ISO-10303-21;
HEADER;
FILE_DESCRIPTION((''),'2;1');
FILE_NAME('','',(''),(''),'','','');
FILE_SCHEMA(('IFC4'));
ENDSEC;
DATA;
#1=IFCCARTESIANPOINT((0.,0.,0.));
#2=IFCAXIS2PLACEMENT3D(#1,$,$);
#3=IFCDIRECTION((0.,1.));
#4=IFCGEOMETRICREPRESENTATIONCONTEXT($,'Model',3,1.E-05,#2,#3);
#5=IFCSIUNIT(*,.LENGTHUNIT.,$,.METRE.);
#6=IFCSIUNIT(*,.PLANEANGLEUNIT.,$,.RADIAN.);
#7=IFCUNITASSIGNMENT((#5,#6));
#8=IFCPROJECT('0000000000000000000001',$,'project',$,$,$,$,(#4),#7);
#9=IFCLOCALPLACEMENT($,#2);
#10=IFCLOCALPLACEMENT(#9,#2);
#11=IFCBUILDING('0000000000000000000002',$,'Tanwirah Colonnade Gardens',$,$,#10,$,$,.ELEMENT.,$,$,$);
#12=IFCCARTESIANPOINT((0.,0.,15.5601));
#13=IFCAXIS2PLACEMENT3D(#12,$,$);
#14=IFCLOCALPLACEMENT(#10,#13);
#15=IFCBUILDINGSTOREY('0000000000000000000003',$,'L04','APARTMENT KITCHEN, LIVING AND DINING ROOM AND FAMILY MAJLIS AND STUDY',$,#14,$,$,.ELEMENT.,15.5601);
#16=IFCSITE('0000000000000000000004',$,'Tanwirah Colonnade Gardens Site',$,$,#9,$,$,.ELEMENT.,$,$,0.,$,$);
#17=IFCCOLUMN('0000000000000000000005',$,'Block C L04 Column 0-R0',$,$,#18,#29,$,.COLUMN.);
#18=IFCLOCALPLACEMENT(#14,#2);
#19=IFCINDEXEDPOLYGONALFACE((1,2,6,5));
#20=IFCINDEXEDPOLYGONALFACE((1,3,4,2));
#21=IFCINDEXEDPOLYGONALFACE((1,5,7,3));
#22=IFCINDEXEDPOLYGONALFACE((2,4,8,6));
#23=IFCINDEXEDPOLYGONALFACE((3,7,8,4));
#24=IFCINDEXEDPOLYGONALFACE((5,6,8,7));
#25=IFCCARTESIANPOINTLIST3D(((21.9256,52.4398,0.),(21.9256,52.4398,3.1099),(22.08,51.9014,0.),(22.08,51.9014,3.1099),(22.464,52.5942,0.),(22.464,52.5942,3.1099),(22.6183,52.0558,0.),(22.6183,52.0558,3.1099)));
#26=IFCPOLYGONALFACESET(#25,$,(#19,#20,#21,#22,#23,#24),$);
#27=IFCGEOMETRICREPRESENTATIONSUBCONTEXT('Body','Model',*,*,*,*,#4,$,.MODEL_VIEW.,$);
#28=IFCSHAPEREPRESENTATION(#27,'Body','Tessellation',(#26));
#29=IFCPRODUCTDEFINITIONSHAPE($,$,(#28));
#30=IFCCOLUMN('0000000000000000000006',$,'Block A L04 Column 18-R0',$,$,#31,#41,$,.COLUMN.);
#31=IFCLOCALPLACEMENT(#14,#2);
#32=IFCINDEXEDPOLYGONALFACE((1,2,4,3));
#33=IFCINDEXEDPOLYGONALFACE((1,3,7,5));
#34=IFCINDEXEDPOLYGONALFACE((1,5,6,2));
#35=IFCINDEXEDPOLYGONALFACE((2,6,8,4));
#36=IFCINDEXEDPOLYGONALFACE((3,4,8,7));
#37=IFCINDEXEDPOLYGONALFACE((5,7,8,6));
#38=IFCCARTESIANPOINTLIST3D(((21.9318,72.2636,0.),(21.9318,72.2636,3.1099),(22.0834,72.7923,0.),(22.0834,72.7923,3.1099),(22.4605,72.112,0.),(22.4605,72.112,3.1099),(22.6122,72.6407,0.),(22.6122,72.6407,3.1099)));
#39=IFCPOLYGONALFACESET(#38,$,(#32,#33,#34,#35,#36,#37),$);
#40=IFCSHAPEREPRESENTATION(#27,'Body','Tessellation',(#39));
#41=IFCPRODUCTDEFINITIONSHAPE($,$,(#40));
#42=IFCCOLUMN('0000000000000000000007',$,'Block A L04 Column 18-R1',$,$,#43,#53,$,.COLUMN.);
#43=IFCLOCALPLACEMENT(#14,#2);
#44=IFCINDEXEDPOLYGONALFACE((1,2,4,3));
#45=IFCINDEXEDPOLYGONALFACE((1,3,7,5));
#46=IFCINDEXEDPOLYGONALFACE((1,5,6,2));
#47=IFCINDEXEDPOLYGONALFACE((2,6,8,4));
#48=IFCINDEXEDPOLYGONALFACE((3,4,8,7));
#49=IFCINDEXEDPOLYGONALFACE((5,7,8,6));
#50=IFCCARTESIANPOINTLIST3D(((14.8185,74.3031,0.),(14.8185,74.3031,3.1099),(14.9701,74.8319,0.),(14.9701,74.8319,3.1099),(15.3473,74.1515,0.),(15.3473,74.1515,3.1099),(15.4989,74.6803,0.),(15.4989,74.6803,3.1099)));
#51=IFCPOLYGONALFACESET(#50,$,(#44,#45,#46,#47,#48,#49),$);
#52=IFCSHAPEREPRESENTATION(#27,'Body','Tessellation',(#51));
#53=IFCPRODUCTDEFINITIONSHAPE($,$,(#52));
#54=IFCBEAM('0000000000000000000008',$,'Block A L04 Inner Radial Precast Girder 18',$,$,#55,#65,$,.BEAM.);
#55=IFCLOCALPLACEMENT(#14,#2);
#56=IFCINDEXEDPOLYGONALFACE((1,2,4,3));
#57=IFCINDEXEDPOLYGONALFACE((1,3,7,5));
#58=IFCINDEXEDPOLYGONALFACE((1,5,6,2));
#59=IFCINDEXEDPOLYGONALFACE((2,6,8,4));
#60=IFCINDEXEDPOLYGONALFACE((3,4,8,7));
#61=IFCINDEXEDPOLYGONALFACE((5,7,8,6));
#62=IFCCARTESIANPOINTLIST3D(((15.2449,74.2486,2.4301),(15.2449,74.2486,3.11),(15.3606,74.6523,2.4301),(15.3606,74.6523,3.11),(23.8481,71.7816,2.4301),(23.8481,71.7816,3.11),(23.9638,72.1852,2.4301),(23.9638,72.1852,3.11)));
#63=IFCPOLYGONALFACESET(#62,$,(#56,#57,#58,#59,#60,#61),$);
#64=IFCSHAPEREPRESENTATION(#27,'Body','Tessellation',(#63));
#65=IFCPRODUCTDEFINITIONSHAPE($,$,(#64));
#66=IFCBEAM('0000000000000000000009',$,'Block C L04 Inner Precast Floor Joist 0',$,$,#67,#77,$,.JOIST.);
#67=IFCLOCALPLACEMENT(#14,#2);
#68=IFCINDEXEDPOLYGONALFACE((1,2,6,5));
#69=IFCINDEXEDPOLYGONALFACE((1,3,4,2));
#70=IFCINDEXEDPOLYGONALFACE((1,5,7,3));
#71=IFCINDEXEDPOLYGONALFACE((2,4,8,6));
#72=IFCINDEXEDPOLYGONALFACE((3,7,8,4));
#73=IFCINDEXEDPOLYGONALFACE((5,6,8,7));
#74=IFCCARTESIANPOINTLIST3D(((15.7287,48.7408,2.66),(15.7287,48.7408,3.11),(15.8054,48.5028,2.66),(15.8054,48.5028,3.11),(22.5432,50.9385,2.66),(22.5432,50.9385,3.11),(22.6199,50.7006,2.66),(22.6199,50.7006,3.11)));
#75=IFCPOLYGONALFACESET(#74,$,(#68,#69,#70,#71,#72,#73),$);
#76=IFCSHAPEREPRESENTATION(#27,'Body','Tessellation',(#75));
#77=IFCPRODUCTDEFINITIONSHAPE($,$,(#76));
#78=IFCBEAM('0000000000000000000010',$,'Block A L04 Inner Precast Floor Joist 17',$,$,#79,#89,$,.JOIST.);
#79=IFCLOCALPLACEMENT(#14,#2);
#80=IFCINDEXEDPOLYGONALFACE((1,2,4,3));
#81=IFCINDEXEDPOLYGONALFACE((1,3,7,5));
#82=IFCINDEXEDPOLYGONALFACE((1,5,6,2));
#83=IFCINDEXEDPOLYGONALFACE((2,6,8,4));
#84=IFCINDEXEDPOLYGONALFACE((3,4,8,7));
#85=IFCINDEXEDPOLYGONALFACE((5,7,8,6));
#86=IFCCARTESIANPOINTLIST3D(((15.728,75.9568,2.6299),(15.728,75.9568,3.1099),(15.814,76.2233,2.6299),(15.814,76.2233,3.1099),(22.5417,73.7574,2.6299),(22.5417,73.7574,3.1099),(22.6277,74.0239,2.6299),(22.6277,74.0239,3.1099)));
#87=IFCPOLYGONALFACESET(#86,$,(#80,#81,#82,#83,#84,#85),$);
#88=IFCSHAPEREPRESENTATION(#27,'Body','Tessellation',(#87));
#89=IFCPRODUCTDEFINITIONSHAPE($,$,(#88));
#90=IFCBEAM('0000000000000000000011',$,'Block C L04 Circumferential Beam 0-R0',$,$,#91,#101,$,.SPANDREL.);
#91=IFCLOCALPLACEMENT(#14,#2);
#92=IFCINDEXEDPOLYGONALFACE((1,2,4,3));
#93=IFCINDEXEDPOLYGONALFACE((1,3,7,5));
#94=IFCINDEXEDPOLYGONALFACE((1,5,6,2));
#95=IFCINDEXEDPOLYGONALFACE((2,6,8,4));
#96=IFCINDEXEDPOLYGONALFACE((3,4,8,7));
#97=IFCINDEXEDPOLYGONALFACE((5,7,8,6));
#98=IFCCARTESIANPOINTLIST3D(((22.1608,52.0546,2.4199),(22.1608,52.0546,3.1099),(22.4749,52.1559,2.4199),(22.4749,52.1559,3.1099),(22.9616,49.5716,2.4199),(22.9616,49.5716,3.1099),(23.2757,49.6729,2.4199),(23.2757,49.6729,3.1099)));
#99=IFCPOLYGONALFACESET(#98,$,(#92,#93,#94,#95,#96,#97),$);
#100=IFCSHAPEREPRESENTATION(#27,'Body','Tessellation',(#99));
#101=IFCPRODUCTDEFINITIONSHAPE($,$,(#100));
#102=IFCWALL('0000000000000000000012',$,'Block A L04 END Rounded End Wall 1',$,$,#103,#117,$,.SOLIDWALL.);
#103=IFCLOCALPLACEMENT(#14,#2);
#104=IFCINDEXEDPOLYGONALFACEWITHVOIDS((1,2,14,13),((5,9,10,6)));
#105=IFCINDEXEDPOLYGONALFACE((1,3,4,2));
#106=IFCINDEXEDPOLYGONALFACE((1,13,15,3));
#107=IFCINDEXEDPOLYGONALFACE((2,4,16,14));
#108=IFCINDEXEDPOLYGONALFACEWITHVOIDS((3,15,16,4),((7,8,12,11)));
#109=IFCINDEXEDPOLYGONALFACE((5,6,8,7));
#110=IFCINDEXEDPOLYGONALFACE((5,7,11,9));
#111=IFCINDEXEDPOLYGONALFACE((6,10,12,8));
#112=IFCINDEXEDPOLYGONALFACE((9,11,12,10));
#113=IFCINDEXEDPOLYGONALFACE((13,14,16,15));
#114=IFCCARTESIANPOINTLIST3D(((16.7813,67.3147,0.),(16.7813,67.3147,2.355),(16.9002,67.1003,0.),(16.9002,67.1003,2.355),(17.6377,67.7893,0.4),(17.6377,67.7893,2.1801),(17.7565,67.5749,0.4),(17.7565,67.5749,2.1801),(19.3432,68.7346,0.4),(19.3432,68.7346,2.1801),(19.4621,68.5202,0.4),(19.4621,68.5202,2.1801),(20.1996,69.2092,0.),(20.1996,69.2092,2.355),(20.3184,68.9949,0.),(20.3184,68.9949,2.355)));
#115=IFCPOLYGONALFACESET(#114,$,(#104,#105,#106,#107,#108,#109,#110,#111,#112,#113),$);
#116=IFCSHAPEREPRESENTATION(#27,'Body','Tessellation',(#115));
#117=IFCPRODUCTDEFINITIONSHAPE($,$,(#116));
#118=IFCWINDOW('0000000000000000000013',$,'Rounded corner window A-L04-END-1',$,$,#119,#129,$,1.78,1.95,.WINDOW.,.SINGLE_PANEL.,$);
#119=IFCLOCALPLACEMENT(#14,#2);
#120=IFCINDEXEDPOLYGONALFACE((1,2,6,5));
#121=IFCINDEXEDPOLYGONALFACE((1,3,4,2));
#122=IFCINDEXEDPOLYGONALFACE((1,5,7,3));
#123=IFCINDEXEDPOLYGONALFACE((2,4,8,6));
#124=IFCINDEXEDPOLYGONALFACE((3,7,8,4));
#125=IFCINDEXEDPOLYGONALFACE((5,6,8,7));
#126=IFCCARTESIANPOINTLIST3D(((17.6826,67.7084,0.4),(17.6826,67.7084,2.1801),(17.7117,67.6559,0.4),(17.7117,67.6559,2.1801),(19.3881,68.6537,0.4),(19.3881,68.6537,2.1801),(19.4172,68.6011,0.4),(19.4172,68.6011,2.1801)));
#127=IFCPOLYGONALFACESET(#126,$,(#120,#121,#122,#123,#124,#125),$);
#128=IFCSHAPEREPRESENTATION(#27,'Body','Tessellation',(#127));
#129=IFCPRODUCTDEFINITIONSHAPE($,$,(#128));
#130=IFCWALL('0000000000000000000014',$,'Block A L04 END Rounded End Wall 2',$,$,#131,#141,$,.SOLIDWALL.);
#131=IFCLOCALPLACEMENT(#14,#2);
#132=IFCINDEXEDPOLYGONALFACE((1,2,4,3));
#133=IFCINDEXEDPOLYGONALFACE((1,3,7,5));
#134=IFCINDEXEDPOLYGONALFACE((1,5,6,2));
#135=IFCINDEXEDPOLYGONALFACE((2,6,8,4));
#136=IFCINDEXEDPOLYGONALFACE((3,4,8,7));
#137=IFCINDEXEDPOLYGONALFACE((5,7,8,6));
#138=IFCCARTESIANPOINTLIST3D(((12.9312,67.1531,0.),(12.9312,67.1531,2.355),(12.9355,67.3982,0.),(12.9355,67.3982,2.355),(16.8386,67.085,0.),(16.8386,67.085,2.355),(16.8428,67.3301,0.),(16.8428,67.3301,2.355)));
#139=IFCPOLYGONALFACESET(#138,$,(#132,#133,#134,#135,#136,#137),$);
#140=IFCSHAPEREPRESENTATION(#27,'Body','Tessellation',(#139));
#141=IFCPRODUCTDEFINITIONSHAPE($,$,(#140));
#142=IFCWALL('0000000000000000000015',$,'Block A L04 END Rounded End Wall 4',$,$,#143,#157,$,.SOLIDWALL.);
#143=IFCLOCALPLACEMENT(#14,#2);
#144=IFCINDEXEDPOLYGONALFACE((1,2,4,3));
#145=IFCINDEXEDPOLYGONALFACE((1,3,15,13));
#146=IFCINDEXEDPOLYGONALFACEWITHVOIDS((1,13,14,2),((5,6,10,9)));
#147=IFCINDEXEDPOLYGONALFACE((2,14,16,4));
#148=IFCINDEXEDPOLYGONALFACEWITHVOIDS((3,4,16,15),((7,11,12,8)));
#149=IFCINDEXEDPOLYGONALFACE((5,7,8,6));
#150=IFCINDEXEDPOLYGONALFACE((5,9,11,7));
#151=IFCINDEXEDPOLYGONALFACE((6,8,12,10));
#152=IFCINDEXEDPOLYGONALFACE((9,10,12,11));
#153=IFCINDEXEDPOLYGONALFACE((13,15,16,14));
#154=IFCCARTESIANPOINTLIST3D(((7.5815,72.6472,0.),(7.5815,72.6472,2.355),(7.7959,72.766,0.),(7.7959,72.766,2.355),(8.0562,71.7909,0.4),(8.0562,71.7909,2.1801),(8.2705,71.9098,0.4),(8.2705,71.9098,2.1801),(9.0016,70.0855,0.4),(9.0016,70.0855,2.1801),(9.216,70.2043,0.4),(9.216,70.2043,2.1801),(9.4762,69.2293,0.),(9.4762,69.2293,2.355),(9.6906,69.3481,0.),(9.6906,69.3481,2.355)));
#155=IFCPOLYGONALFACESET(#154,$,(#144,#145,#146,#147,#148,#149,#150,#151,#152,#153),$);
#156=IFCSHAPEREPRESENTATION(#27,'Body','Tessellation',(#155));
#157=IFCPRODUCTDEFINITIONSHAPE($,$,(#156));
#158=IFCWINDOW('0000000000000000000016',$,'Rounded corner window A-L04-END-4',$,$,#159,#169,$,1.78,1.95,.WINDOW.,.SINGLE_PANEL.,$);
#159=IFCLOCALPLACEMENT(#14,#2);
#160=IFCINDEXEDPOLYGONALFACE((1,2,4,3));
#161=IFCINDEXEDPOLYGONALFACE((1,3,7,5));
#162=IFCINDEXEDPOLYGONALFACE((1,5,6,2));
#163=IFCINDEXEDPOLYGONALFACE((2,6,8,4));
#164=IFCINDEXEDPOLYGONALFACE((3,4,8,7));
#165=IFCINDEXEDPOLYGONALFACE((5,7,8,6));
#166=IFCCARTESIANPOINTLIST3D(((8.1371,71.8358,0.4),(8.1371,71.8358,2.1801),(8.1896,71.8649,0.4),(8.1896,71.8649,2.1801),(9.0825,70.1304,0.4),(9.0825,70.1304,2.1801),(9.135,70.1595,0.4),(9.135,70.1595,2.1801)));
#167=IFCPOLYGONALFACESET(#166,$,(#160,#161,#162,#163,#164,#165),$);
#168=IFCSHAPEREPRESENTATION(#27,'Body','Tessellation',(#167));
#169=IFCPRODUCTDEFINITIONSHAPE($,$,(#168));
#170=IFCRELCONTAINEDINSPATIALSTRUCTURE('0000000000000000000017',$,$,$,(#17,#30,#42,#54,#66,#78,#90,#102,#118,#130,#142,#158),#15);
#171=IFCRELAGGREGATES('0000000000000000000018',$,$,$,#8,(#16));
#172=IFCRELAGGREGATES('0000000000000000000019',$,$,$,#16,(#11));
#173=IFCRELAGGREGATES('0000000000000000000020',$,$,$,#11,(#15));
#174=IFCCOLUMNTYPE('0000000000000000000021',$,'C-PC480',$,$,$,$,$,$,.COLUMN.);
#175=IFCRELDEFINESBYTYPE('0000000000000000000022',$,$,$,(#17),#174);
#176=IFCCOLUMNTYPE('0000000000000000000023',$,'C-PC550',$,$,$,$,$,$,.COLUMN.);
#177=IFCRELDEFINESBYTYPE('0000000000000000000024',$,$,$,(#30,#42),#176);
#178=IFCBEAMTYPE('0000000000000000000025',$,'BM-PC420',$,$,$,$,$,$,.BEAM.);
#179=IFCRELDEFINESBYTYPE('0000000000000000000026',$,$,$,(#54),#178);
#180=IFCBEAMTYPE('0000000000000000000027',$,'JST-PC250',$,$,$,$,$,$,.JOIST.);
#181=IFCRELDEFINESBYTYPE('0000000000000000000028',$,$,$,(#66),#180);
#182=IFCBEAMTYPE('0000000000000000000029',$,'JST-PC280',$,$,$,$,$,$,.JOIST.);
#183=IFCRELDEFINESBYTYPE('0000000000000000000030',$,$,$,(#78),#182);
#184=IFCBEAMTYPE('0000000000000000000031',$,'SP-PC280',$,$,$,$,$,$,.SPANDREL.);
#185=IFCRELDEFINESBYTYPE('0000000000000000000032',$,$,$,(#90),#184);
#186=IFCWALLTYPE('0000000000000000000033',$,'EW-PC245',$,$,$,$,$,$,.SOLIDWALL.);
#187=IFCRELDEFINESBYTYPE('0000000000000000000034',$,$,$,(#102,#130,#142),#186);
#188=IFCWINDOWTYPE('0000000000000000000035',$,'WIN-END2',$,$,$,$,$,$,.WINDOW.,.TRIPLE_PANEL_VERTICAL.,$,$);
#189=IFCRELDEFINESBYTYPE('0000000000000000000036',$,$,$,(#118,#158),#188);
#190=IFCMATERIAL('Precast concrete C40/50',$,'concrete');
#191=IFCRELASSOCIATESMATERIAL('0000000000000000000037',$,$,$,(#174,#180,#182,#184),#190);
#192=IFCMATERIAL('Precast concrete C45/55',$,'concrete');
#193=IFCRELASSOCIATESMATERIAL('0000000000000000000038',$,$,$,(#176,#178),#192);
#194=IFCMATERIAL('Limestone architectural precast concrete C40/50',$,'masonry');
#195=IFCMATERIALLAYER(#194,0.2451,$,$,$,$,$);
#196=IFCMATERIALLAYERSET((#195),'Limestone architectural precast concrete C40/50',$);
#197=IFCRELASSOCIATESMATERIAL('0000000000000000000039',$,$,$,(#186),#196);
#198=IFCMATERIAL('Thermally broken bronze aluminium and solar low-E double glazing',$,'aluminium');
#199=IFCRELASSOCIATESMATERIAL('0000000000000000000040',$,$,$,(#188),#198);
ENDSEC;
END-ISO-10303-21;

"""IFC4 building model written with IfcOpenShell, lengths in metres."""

from ifc_helpers import new_model, si_unit, direction, frame, frame_2d, origin, origin_2d, place, context, subcontext, project, spatial, rectangle, extrude, material, layer, layer_set, material_profile, profile_set, type_object, element, fill, save


model = new_model("IFC4")

# Units and contexts
model_context = context("Model", 3, precision=1e-05, world=origin(), true_north=direction((0.0, 1.0)))
body_context = subcontext(model_context, "Body", "Model", "MODEL_VIEW")
ifc_project = project(units=[si_unit("LENGTHUNIT", "METRE"), si_unit("PLANEANGLEUNIT", "RADIAN")], contexts=[model_context])

# Site, building, storey
site_placement = place(None, origin())
site = spatial("IfcSite", under=ifc_project, at=site_placement, Name="Tanwirah Colonnade Gardens Site", CompositionType="ELEMENT", RefElevation=0.0)
building_placement = place(site_placement, origin())
building = spatial("IfcBuilding", under=site, at=building_placement, Name="Tanwirah Colonnade Gardens", CompositionType="ELEMENT")
storey_placement = place(building_placement, frame((0.0, 0.0, 15.5601)))
storey = spatial("IfcBuildingStorey", under=building, at=storey_placement, Name="L04", Description="APARTMENT KITCHEN, LIVING AND DINING ROOM AND FAMILY MAJLIS AND STUDY", CompositionType="ELEMENT", Elevation=15.5601)

# Columns
ifc_material_1 = material(Name="Precast concrete C40/50", Category="concrete")
ifc_material_profile_1 = material_profile(ifc_material_1, rectangle(XDim=0.5601, YDim=0.5601, at=origin_2d()), Name="PC-COL 560x560")
ifc_profile_set_1 = profile_set([ifc_material_profile_1], Name="Precast concrete C40/50")
column_type_1 = type_object("IfcColumnType", Name="C-PC480", PredefinedType="COLUMN", material=ifc_profile_set_1)
column_placement = place(storey_placement, frame((22.272, 52.2478, 0.0), z_axis=(0.0, 0.0, 1.0), x_axis=(-0.961262, -0.275637, 0.0)))
element("IfcColumn", 1, at=column_placement, inside=storey, type_object=column_type_1, Name="Block C L04 Column 0-R0", PredefinedType="COLUMN", context=body_context, shape_type="SweptSolid", body=[
    extrude(rectangle(XDim=0.5601, YDim=0.5601, at=origin_2d()), origin(), (0.0, 0.0, 1.0), 3.1099),
])
ifc_material_2 = material(Name="Precast concrete C45/55", Category="concrete")
ifc_material_profile_2 = material_profile(ifc_material_2, rectangle(XDim=0.55, YDim=0.55, at=origin_2d()), Name="PC-COL 550x550")
ifc_profile_set_2 = profile_set([ifc_material_profile_2], Name="Precast concrete C45/55")
column_type_2 = type_object("IfcColumnType", Name="C-PC550", PredefinedType="COLUMN", material=ifc_profile_set_2)
for number, where, z_axis, x_axis, name in (
    (2, (22.272, 72.4521, 0.0), (0.0, 0.0, 1.0), (-0.961262, 0.275637, 0.0), "Block A L04 Column 18-R0"),
    (3, (15.1587, 74.4917, 0.0), (0.0, 0.0, 1.0), (-0.961262, 0.275637, 0.0), "Block A L04 Column 18-R1"),
):
    element("IfcColumn", number, at=place(storey_placement, frame(where, z_axis=z_axis, x_axis=x_axis)), inside=storey, type_object=column_type_2, Name=name, PredefinedType="COLUMN", context=body_context, shape_type="SweptSolid", body=[
        extrude(rectangle(XDim=0.55, YDim=0.55, at=origin_2d()), origin(), (0.0, 0.0, 1.0), 3.1099),
    ])

# Beams
ifc_material_profile_3 = material_profile(ifc_material_2, rectangle(XDim=0.4199, YDim=0.6799, at=origin_2d()), Name="PC-BM 420x680")
ifc_profile_set_3 = profile_set([ifc_material_profile_3], Name="Precast concrete C45/55")
beam_type_1 = type_object("IfcBeamType", Name="BM-PC420", PredefinedType="BEAM", material=ifc_profile_set_3)
beam_1_placement = place(storey_placement, frame((15.3027, 74.4504, 2.77), z_axis=(0.961259, -0.275647, 0.0), x_axis=(0.275647, 0.961259, 0.0)))
element("IfcBeam", 4, at=beam_1_placement, inside=storey, type_object=beam_type_1, Name="Block A L04 Inner Radial Precast Girder 18", PredefinedType="BEAM", context=body_context, shape_type="SweptSolid", body=[
    extrude(rectangle(XDim=0.4199, YDim=0.6799, at=origin_2d()), origin(), (0.0, 0.0, 1.0), 8.95),
])
ifc_material_profile_4 = material_profile(ifc_material_1, rectangle(XDim=0.25, YDim=0.45, at=origin_2d()), Name="PC-JST 250x450")
ifc_profile_set_4 = profile_set([ifc_material_profile_4], Name="Precast concrete C40/50")
beam_type_2 = type_object("IfcBeamType", Name="JST-PC250", PredefinedType="JOIST", material=ifc_profile_set_4)
beam_2_placement = place(storey_placement, frame((22.5815, 50.8196, 2.885), z_axis=(-0.951727, -0.306945, 0.0), x_axis=(0.306945, -0.951727, 0.0)))
element("IfcBeam", 5, at=beam_2_placement, inside=storey, type_object=beam_type_2, Name="Block C L04 Inner Precast Floor Joist 0", PredefinedType="JOIST", context=body_context, shape_type="SweptSolid", body=[
    extrude(rectangle(XDim=0.25, YDim=0.45, at=origin_2d()), origin(), (0.0, 0.0, 1.0), 7.1602),
])
ifc_material_profile_5 = material_profile(ifc_material_1, rectangle(XDim=0.28, YDim=0.48, at=origin_2d()), Name="PC-JST 280x480")
ifc_profile_set_5 = profile_set([ifc_material_profile_5], Name="Precast concrete C40/50")
beam_type_3 = type_object("IfcBeamType", Name="JST-PC280", PredefinedType="JOIST", material=ifc_profile_set_5)
beam_3_placement = place(storey_placement, frame((22.5847, 73.8906, 2.8699), z_axis=(-0.951648, 0.307191, 0.0), x_axis=(-0.307191, -0.951648, 0.0)))
element("IfcBeam", 6, at=beam_3_placement, inside=storey, type_object=beam_type_3, Name="Block A L04 Inner Precast Floor Joist 17", PredefinedType="JOIST", context=body_context, shape_type="SweptSolid", body=[
    extrude(rectangle(XDim=0.28, YDim=0.48, at=origin_2d()), origin(), (0.0, 0.0, 1.0), 7.1599),
])
ifc_material_profile_6 = material_profile(ifc_material_1, rectangle(XDim=0.3301, YDim=0.6899, at=origin_2d()), Name="PC-SP 330x690")
ifc_profile_set_6 = profile_set([ifc_material_profile_6], Name="Precast concrete C40/50")
beam_type_4 = type_object("IfcBeamType", Name="SP-PC280", PredefinedType="SPANDREL", material=ifc_profile_set_6)
beam_4_placement = place(storey_placement, frame((22.3179, 52.1052, 2.7649), z_axis=(0.306948, -0.951726, 0.0), x_axis=(0.951726, 0.306948, 0.0)))
element("IfcBeam", 7, at=beam_4_placement, inside=storey, type_object=beam_type_4, Name="Block C L04 Circumferential Beam 0-R0", PredefinedType="SPANDREL", context=body_context, shape_type="SweptSolid", body=[
    extrude(rectangle(XDim=0.3301, YDim=0.6899, at=origin_2d()), origin(), (0.0, 0.0, 1.0), 2.6089),
])

# Wall, opening, window
ifc_material_3 = material(Name="Limestone architectural precast concrete C40/50", Category="masonry")
ifc_layer = layer(ifc_material_3, 0.2451)
ifc_layer_set = layer_set([ifc_layer], Name="Limestone architectural precast concrete C40/50")
wall_type = type_object("IfcWallType", Name="EW-PC245", PredefinedType="SOLIDWALL", material=ifc_layer_set)
wall_1_placement = place(storey_placement, frame((20.259, 69.1021, 0.0), z_axis=(0.0, 0.0, 1.0), x_axis=(-0.874643, -0.484768, 0.0)))
wall_1 = element("IfcWall", 8, at=wall_1_placement, inside=storey, type_object=wall_type, Name="Block A L04 END Rounded End Wall 1", PredefinedType="SOLIDWALL", context=body_context, shape_type="SweptSolid", body=[
    extrude(rectangle(XDim=3.9082, YDim=0.2451, at=frame_2d((1.9541, 0.0))), origin(), (0.0, 0.0, 1.0), 2.355),
])
opening_1_placement = place(wall_1_placement, frame((0.979, 0.0, 0.3999)))
opening_1 = element("IfcOpeningElement", 9, at=opening_1_placement, cuts=wall_1, PredefinedType="OPENING", context=body_context, shape_type="SweptSolid", body=[
    extrude(rectangle(XDim=1.95, YDim=1.78, at=frame_2d((0.9751, 0.8901))), frame((0.0, 0.1326, 0.0), z_axis=(0.0, -1.0, 0.0), x_axis=(1.0, 0.0, 0.0)), (0.0, 0.0, 1.0), 0.2651),
])
ifc_material_4 = material(Name="Thermally broken bronze aluminium and solar low-E double glazing", Category="aluminium")
window_type_1 = type_object("IfcWindowType", Name="WIN-END2", PartitioningType="TRIPLE_PANEL_VERTICAL", PredefinedType="WINDOW", material=ifc_material_4)
window_1_placement = place(opening_1_placement, origin())
window_1 = element("IfcWindow", 10, at=window_1_placement, inside=storey, type_object=window_type_1, Name="Rounded corner window A-L04-END-1", OverallHeight=1.78, OverallWidth=1.95, PartitioningType="SINGLE_PANEL", PredefinedType="WINDOW", context=body_context, shape_type="SweptSolid", body=[
    extrude(rectangle(XDim=1.95, YDim=1.78, at=frame_2d((0.9751, 0.8901))), frame((0.0, 0.03, 0.0), z_axis=(0.0, -1.0, 0.0), x_axis=(1.0, 0.0, 0.0)), (0.0, 0.0, 1.0), 0.0601),
])
fill(opening_1, window_1)

# Wall
wall_2_placement = place(storey_placement, frame((16.8408, 67.2075, 0.0), z_axis=(0.0, 0.0, 1.0), x_axis=(-0.999848, 0.017429, 0.0)))
element("IfcWall", 11, at=wall_2_placement, inside=storey, type_object=wall_type, Name="Block A L04 END Rounded End Wall 2", PredefinedType="SOLIDWALL", context=body_context, shape_type="SweptSolid", body=[
    extrude(rectangle(XDim=3.908, YDim=0.2451, at=frame_2d((1.9541, 0.0))), origin(), (0.0, 0.0, 1.0), 2.355),
])

# Wall, opening, window
wall_3_placement = place(storey_placement, frame((9.5835, 69.2886, 0.0), z_axis=(0.0, 0.0, 1.0), x_axis=(-0.484842, 0.874602, 0.0)))
wall_3 = element("IfcWall", 12, at=wall_3_placement, inside=storey, type_object=wall_type, Name="Block A L04 END Rounded End Wall 4", PredefinedType="SOLIDWALL", context=body_context, shape_type="SweptSolid", body=[
    extrude(rectangle(XDim=3.908, YDim=0.2451, at=frame_2d((1.9541, 0.0))), origin(), (0.0, 0.0, 1.0), 2.355),
])
opening_2_placement = place(wall_3_placement, frame((0.979, 0.0, 0.3999)))
opening_2 = element("IfcOpeningElement", 13, at=opening_2_placement, cuts=wall_3, PredefinedType="OPENING", context=body_context, shape_type="SweptSolid", body=[
    extrude(rectangle(XDim=1.95, YDim=1.78, at=frame_2d((0.9751, 0.8901))), frame((0.0, 0.1326, 0.0), z_axis=(0.0, -1.0, 0.0), x_axis=(1.0, 0.0, 0.0)), (0.0, 0.0, 1.0), 0.2651),
])
window_2_placement = place(opening_2_placement, origin())
window_2 = element("IfcWindow", 14, at=window_2_placement, inside=storey, type_object=window_type_1, Name="Rounded corner window A-L04-END-4", OverallHeight=1.78, OverallWidth=1.95, PartitioningType="SINGLE_PANEL", PredefinedType="WINDOW", context=body_context, shape_type="SweptSolid", body=[
    extrude(rectangle(XDim=1.95, YDim=1.78, at=frame_2d((0.9751, 0.8901))), frame((0.0, 0.03, 0.0), z_axis=(0.0, -1.0, 0.0), x_axis=(1.0, 0.0, 0.0)), (0.0, 0.0, 1.0), 0.0601),
])
fill(opening_2, window_2)

save(model, "model.ifc")
